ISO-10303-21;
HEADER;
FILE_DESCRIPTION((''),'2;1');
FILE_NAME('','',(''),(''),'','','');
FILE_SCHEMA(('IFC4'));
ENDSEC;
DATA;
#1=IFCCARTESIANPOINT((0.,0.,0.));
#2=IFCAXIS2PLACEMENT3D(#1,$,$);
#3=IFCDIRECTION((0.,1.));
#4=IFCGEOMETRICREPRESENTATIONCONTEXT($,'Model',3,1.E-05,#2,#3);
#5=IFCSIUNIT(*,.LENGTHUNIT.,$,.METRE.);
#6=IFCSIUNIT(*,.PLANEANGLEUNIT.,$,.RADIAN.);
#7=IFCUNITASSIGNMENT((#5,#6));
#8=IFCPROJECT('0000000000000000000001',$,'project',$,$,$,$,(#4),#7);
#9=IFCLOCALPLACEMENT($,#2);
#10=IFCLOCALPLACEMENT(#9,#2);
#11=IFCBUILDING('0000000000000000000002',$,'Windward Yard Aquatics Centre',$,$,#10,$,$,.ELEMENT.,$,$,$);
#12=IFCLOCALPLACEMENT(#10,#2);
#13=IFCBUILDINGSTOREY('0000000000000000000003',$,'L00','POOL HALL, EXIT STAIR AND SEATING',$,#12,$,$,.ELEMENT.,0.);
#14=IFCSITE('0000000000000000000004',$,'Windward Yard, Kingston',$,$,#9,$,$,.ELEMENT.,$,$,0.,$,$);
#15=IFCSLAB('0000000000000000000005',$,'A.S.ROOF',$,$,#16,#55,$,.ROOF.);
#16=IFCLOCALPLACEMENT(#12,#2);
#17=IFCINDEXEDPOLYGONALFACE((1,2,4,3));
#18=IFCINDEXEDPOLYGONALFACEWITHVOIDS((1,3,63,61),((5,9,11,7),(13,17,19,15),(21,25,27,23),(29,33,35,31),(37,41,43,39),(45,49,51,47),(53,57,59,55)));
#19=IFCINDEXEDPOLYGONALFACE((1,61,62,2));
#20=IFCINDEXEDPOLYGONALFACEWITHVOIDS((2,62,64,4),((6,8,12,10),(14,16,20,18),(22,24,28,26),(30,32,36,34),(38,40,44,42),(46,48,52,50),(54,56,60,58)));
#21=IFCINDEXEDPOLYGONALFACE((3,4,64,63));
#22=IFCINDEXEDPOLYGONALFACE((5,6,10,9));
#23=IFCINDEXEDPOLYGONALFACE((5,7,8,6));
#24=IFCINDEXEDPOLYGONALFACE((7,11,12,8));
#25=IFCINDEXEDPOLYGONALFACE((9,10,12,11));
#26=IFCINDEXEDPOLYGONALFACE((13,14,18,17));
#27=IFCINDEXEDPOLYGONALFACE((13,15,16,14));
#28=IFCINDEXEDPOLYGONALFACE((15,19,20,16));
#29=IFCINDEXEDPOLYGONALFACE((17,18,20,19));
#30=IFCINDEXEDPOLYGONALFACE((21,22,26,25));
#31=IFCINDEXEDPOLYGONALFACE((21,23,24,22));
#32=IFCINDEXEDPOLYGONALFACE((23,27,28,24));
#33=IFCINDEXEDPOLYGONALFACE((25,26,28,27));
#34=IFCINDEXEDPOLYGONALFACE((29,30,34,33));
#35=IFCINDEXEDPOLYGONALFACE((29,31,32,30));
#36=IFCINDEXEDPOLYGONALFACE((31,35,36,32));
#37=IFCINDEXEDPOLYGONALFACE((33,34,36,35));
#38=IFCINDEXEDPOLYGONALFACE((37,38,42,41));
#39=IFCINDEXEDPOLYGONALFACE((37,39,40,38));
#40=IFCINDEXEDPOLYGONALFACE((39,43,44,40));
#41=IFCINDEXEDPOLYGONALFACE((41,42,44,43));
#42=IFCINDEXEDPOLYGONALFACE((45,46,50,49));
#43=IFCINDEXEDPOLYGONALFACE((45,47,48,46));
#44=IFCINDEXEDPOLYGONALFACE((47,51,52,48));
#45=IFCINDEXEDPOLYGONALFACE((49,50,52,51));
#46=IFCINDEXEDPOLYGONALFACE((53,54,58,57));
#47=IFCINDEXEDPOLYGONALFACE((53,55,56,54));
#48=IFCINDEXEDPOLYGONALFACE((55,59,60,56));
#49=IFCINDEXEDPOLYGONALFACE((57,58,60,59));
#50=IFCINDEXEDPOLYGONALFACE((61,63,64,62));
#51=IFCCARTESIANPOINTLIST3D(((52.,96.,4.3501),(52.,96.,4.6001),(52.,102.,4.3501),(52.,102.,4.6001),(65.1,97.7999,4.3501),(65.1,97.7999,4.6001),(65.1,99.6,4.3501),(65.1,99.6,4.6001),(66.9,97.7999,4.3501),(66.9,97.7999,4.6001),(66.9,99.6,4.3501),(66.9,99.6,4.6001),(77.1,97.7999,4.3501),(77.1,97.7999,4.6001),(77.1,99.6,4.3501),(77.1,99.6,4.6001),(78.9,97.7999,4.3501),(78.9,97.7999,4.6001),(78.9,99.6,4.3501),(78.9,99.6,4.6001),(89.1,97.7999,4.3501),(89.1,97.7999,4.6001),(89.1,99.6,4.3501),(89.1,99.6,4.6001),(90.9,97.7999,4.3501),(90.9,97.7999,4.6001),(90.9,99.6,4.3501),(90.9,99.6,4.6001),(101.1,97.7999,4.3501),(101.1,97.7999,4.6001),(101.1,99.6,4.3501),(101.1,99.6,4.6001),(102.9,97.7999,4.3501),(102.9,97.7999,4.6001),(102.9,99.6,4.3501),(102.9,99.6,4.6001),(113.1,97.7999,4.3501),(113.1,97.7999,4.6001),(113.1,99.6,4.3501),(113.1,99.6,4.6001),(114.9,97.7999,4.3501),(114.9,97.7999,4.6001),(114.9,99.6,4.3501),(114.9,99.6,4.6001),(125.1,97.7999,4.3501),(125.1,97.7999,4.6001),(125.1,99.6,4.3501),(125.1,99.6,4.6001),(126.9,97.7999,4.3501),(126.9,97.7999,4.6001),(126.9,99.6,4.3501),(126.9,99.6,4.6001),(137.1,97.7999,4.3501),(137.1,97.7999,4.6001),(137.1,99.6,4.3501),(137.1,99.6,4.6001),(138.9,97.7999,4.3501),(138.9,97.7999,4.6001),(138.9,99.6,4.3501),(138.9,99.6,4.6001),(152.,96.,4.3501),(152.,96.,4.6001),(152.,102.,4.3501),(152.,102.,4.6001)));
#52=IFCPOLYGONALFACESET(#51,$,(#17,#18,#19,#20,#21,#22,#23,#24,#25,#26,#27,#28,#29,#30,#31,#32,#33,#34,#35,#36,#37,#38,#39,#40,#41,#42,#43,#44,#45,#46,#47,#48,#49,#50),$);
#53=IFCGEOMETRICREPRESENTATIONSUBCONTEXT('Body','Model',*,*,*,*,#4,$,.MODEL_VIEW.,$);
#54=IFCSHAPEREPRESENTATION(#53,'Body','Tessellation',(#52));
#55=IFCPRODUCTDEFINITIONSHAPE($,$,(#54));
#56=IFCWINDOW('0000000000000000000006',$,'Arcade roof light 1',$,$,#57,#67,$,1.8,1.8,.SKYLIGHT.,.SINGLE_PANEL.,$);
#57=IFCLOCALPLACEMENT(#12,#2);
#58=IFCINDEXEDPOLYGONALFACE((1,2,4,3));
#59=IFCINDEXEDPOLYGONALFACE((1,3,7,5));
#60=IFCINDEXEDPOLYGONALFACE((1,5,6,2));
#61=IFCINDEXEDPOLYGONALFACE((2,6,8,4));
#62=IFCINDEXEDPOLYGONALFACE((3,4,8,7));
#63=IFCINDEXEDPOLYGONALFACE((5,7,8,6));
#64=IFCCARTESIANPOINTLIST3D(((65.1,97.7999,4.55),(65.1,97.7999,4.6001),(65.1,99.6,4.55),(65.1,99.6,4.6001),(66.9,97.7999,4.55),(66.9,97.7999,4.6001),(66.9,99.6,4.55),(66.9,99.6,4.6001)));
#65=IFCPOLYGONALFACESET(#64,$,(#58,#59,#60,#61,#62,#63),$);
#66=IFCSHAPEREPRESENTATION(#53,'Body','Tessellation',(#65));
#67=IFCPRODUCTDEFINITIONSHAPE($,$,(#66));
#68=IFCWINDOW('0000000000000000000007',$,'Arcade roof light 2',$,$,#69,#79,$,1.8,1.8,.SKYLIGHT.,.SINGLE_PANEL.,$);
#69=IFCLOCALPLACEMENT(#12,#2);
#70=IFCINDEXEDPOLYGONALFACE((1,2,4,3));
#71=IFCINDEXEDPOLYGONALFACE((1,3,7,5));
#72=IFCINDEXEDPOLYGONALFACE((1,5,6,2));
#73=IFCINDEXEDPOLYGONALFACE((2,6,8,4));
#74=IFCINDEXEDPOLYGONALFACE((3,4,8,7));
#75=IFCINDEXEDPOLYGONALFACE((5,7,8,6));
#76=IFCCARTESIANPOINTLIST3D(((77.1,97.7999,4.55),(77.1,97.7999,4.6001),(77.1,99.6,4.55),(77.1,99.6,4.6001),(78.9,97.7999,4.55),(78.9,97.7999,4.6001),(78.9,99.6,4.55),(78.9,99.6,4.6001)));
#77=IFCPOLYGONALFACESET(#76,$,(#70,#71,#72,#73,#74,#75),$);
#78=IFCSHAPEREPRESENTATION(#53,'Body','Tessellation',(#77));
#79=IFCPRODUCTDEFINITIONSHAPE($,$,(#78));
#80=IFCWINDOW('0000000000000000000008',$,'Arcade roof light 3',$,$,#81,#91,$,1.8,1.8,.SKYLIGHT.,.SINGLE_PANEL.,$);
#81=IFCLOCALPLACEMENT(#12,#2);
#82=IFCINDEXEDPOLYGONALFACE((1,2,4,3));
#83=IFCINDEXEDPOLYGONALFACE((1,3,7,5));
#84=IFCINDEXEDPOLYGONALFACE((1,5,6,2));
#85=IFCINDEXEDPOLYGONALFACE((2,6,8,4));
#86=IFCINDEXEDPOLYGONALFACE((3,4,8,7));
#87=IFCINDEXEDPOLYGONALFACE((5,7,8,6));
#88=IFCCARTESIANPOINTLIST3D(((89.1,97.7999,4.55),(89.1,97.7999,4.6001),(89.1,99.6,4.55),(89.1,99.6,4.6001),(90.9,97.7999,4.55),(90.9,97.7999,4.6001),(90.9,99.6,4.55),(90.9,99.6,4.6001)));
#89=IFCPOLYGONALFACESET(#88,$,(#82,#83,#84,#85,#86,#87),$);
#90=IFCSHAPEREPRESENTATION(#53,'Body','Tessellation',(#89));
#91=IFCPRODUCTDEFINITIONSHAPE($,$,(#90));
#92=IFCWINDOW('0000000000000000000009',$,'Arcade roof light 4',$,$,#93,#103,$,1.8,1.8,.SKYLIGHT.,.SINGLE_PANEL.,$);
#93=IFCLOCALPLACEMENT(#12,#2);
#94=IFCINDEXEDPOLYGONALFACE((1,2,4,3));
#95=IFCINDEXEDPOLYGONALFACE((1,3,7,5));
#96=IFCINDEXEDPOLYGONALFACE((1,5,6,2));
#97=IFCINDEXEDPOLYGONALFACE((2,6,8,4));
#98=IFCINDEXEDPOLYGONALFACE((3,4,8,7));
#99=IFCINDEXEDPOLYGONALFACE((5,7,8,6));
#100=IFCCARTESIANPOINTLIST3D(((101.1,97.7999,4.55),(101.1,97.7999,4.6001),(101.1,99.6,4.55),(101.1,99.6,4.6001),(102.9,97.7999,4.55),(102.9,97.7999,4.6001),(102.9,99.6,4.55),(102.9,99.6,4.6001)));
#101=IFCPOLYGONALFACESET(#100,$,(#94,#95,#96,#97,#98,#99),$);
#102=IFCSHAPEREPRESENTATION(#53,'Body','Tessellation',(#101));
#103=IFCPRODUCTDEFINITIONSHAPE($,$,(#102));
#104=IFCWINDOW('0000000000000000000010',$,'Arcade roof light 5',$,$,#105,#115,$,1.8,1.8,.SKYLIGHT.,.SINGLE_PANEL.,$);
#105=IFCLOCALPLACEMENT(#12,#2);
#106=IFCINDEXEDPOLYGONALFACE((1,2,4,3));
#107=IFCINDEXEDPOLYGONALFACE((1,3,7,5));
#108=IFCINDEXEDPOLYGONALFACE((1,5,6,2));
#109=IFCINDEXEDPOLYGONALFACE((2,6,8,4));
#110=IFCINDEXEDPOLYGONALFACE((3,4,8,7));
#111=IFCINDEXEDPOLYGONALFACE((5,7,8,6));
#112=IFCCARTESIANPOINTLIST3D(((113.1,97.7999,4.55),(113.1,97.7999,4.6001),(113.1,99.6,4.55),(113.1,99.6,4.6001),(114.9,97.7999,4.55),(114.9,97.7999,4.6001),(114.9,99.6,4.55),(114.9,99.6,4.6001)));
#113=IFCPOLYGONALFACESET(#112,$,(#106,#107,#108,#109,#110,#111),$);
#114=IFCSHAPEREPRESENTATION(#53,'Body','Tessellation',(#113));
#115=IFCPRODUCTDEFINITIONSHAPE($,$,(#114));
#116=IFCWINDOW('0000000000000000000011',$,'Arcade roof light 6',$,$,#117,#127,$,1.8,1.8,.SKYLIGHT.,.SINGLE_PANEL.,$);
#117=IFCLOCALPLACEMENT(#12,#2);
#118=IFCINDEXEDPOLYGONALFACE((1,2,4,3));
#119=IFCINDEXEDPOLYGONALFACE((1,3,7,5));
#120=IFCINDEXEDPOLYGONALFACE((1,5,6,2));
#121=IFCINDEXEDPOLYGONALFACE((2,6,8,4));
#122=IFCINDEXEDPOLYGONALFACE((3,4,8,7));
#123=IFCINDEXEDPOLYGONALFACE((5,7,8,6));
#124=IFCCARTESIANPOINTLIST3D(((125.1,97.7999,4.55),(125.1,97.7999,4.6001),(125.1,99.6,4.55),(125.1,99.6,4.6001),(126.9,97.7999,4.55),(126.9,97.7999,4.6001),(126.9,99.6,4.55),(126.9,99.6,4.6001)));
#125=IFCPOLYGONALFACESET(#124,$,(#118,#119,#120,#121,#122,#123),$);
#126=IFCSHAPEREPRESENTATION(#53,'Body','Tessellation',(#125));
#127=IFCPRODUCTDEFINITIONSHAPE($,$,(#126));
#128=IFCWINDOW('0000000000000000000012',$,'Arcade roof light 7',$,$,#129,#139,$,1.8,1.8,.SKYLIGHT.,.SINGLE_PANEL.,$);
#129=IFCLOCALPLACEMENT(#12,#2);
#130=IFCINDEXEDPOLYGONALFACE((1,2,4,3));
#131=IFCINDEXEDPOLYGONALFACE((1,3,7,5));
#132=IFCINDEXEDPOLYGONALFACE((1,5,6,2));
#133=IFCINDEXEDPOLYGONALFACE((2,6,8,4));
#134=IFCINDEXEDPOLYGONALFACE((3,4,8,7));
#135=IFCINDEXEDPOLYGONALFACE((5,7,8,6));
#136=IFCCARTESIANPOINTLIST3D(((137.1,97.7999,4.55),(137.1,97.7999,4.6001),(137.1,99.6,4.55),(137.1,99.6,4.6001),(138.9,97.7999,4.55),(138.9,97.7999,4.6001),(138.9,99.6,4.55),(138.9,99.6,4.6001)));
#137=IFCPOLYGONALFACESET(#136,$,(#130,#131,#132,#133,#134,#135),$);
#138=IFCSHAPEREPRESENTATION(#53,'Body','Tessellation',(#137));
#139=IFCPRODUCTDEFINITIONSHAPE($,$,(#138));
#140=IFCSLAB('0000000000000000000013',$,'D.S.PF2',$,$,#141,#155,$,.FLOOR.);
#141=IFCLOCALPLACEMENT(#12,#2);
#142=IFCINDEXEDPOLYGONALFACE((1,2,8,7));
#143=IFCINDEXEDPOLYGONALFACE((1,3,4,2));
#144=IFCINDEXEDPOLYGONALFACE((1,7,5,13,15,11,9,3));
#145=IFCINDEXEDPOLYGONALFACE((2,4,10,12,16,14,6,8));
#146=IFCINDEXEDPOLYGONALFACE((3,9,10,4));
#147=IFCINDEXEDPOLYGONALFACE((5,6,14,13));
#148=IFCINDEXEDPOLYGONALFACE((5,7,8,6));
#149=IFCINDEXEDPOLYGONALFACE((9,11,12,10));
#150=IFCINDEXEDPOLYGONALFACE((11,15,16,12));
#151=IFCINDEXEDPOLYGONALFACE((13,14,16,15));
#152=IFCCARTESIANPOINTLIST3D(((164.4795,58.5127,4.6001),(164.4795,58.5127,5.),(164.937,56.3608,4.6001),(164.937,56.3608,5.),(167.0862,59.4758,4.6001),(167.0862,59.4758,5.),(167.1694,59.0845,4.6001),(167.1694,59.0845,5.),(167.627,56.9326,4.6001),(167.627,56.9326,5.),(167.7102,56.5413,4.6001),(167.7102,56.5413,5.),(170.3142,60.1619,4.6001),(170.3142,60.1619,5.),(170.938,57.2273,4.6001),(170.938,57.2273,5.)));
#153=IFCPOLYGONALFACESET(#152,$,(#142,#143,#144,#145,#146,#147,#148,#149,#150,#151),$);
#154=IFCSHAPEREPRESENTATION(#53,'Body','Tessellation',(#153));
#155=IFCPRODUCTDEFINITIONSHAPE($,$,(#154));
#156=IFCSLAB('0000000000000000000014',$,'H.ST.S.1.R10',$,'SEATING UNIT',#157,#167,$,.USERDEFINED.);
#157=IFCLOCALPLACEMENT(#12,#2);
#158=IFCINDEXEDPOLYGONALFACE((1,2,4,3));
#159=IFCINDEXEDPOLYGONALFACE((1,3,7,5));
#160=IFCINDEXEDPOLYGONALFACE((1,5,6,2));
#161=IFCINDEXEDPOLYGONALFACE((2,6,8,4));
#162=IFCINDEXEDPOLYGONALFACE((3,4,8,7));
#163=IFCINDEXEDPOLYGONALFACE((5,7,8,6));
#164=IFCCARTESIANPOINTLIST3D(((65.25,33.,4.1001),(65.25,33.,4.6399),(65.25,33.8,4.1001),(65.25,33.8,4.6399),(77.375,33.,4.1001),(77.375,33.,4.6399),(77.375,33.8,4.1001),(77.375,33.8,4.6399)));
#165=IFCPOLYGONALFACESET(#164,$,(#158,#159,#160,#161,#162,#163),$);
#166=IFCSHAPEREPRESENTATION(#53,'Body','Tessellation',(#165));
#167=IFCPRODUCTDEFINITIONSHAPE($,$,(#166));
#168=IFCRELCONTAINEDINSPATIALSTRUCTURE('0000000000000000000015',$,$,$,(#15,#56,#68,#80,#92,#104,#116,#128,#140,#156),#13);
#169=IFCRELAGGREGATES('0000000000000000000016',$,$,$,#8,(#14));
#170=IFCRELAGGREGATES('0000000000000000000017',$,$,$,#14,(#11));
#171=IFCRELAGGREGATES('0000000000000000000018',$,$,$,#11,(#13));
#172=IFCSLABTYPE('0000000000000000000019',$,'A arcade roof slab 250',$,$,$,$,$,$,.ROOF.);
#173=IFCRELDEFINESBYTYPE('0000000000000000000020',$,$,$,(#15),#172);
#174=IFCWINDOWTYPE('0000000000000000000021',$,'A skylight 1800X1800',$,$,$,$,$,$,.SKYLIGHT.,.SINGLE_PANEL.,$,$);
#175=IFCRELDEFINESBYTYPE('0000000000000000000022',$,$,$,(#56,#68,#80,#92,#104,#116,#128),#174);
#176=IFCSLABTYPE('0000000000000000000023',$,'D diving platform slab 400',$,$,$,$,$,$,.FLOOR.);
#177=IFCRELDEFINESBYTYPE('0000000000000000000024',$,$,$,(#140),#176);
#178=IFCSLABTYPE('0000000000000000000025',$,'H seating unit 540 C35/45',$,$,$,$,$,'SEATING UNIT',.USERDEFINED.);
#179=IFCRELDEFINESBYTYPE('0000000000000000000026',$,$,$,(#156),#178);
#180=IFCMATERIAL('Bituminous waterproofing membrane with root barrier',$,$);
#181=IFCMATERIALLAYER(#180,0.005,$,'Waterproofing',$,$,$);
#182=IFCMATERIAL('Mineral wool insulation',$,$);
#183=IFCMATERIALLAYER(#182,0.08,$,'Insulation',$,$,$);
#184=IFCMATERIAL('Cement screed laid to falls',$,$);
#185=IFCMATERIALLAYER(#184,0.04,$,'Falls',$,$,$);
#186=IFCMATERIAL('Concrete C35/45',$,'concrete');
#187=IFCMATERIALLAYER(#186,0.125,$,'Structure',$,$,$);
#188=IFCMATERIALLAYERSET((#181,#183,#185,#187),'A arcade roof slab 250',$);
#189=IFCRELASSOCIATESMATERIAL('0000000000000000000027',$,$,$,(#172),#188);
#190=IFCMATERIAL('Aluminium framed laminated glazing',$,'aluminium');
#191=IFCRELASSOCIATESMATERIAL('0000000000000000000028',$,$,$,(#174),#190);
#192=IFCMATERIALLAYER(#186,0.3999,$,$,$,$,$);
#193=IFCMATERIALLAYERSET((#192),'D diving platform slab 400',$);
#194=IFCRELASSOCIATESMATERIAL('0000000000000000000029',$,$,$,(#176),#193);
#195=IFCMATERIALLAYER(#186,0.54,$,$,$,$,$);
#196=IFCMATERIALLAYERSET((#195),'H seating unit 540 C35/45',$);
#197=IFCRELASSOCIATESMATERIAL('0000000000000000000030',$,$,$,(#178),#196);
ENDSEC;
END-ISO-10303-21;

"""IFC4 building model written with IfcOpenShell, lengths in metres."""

from ifc_helpers import new_model, si_unit, direction, frame, origin, origin_2d, place, context, subcontext, project, spatial, polyline, rectangle, outline, extrude, material, layer, layer_set, type_object, element, fill, save


model = new_model("IFC4")

# Units and contexts
model_context = context("Model", 3, precision=1e-05, world=origin(), true_north=direction((0.0, 1.0)))
body_context = subcontext(model_context, "Body", "Model", "MODEL_VIEW")
ifc_project = project(units=[si_unit("LENGTHUNIT", "METRE"), si_unit("PLANEANGLEUNIT", "RADIAN")], contexts=[model_context])

# Site, building, storey
site_placement = place(None, origin())
site = spatial("IfcSite", under=ifc_project, at=site_placement, Name="Windward Yard, Kingston", CompositionType="ELEMENT", RefElevation=0.0)
building_placement = place(site_placement, origin())
building = spatial("IfcBuilding", under=site, at=building_placement, Name="Windward Yard Aquatics Centre", CompositionType="ELEMENT")
storey_placement = place(building_placement, origin())
storey = spatial("IfcBuildingStorey", under=building, at=storey_placement, Name="L00", Description="POOL HALL, EXIT STAIR AND SEATING", CompositionType="ELEMENT", Elevation=0.0)

# Slab, openings, windows
ifc_material_1 = material(Name="Bituminous waterproofing membrane with root barrier")
ifc_layer_1 = layer(ifc_material_1, 0.005, Name="Waterproofing")
ifc_material_2 = material(Name="Mineral wool insulation")
ifc_layer_2 = layer(ifc_material_2, 0.08, Name="Insulation")
ifc_material_3 = material(Name="Cement screed laid to falls")
ifc_layer_3 = layer(ifc_material_3, 0.04, Name="Falls")
ifc_material_4 = material(Name="Concrete C35/45", Category="concrete")
ifc_layer_4 = layer(ifc_material_4, 0.125, Name="Structure")
ifc_layer_set_1 = layer_set([ifc_layer_1, ifc_layer_2, ifc_layer_3, ifc_layer_4], Name="A arcade roof slab 250")
slab_type_1 = type_object("IfcSlabType", Name="A arcade roof slab 250", PredefinedType="ROOF", material=ifc_layer_set_1)
slab_1_placement = place(storey_placement, frame((0.0, 0.0, 4.3501)))
slab_1 = element("IfcSlab", 1, at=slab_1_placement, inside=storey, type_object=slab_type_1, Name="A.S.ROOF", PredefinedType="ROOF", context=body_context, shape_type="SweptSolid", body=[
    extrude(outline(polyline([(52.0, 96.0), (152.0, 96.0), (152.0, 102.0), (52.0, 102.0), (52.0, 96.0)])), origin(), (0.0, 0.0, 1.0), 0.25),
])
opening_1_placement = place(slab_1_placement, frame((66.0, 98.7, 0.0)))
opening_1 = element("IfcOpeningElement", 2, at=opening_1_placement, cuts=slab_1, PredefinedType="OPENING", context=body_context, shape_type="SweptSolid", body=[
    extrude(rectangle(XDim=1.8, YDim=1.8, at=origin_2d()), origin(), (0.0, 0.0, 1.0), 0.25),
])
opening_2_placement = place(slab_1_placement, frame((78.0, 98.7, 0.0)))
opening_2 = element("IfcOpeningElement", 3, at=opening_2_placement, cuts=slab_1, PredefinedType="OPENING", context=body_context, shape_type="SweptSolid", body=[
    extrude(rectangle(XDim=1.8, YDim=1.8, at=origin_2d()), origin(), (0.0, 0.0, 1.0), 0.25),
])
opening_3_placement = place(slab_1_placement, frame((90.0, 98.7, 0.0)))
opening_3 = element("IfcOpeningElement", 4, at=opening_3_placement, cuts=slab_1, PredefinedType="OPENING", context=body_context, shape_type="SweptSolid", body=[
    extrude(rectangle(XDim=1.8, YDim=1.8, at=origin_2d()), origin(), (0.0, 0.0, 1.0), 0.25),
])
opening_4_placement = place(slab_1_placement, frame((102.0, 98.7, 0.0)))
opening_4 = element("IfcOpeningElement", 5, at=opening_4_placement, cuts=slab_1, PredefinedType="OPENING", context=body_context, shape_type="SweptSolid", body=[
    extrude(rectangle(XDim=1.8, YDim=1.8, at=origin_2d()), origin(), (0.0, 0.0, 1.0), 0.25),
])
opening_5_placement = place(slab_1_placement, frame((114.0, 98.7, 0.0)))
opening_5 = element("IfcOpeningElement", 6, at=opening_5_placement, cuts=slab_1, PredefinedType="OPENING", context=body_context, shape_type="SweptSolid", body=[
    extrude(rectangle(XDim=1.8, YDim=1.8, at=origin_2d()), origin(), (0.0, 0.0, 1.0), 0.25),
])
opening_6_placement = place(slab_1_placement, frame((126.0, 98.7, 0.0)))
opening_6 = element("IfcOpeningElement", 7, at=opening_6_placement, cuts=slab_1, PredefinedType="OPENING", context=body_context, shape_type="SweptSolid", body=[
    extrude(rectangle(XDim=1.8, YDim=1.8, at=origin_2d()), origin(), (0.0, 0.0, 1.0), 0.25),
])
opening_7_placement = place(slab_1_placement, frame((138.0, 98.7, 0.0)))
opening_7 = element("IfcOpeningElement", 8, at=opening_7_placement, cuts=slab_1, PredefinedType="OPENING", context=body_context, shape_type="SweptSolid", body=[
    extrude(rectangle(XDim=1.8, YDim=1.8, at=origin_2d()), origin(), (0.0, 0.0, 1.0), 0.25),
])
ifc_material_5 = material(Name="Aluminium framed laminated glazing", Category="aluminium")
window_type = type_object("IfcWindowType", Name="A skylight 1800X1800", PartitioningType="SINGLE_PANEL", PredefinedType="SKYLIGHT", material=ifc_material_5)
window_1_placement = place(opening_1_placement, frame((0.0, 0.0, 0.2)))
window_1 = element("IfcWindow", 9, at=window_1_placement, inside=storey, type_object=window_type, Name="Arcade roof light 1", OverallHeight=1.8, OverallWidth=1.8, PartitioningType="SINGLE_PANEL", PredefinedType="SKYLIGHT", context=body_context, shape_type="SweptSolid", body=[
    extrude(rectangle(XDim=1.8, YDim=1.8, at=origin_2d()), origin(), (0.0, 0.0, 1.0), 0.05),
])
fill(opening_1, window_1)
window_2_placement = place(opening_2_placement, frame((0.0, 0.0, 0.2)))
window_2 = element("IfcWindow", 10, at=window_2_placement, inside=storey, type_object=window_type, Name="Arcade roof light 2", OverallHeight=1.8, OverallWidth=1.8, PartitioningType="SINGLE_PANEL", PredefinedType="SKYLIGHT", context=body_context, shape_type="SweptSolid", body=[
    extrude(rectangle(XDim=1.8, YDim=1.8, at=origin_2d()), origin(), (0.0, 0.0, 1.0), 0.05),
])
fill(opening_2, window_2)
window_3_placement = place(opening_3_placement, frame((0.0, 0.0, 0.2)))
window_3 = element("IfcWindow", 11, at=window_3_placement, inside=storey, type_object=window_type, Name="Arcade roof light 3", OverallHeight=1.8, OverallWidth=1.8, PartitioningType="SINGLE_PANEL", PredefinedType="SKYLIGHT", context=body_context, shape_type="SweptSolid", body=[
    extrude(rectangle(XDim=1.8, YDim=1.8, at=origin_2d()), origin(), (0.0, 0.0, 1.0), 0.05),
])
fill(opening_3, window_3)
window_4_placement = place(opening_4_placement, frame((0.0, 0.0, 0.2)))
window_4 = element("IfcWindow", 12, at=window_4_placement, inside=storey, type_object=window_type, Name="Arcade roof light 4", OverallHeight=1.8, OverallWidth=1.8, PartitioningType="SINGLE_PANEL", PredefinedType="SKYLIGHT", context=body_context, shape_type="SweptSolid", body=[
    extrude(rectangle(XDim=1.8, YDim=1.8, at=origin_2d()), origin(), (0.0, 0.0, 1.0), 0.05),
])
fill(opening_4, window_4)
window_5_placement = place(opening_5_placement, frame((0.0, 0.0, 0.2)))
window_5 = element("IfcWindow", 13, at=window_5_placement, inside=storey, type_object=window_type, Name="Arcade roof light 5", OverallHeight=1.8, OverallWidth=1.8, PartitioningType="SINGLE_PANEL", PredefinedType="SKYLIGHT", context=body_context, shape_type="SweptSolid", body=[
    extrude(rectangle(XDim=1.8, YDim=1.8, at=origin_2d()), origin(), (0.0, 0.0, 1.0), 0.05),
])
fill(opening_5, window_5)
window_6_placement = place(opening_6_placement, frame((0.0, 0.0, 0.2)))
window_6 = element("IfcWindow", 14, at=window_6_placement, inside=storey, type_object=window_type, Name="Arcade roof light 6", OverallHeight=1.8, OverallWidth=1.8, PartitioningType="SINGLE_PANEL", PredefinedType="SKYLIGHT", context=body_context, shape_type="SweptSolid", body=[
    extrude(rectangle(XDim=1.8, YDim=1.8, at=origin_2d()), origin(), (0.0, 0.0, 1.0), 0.05),
])
fill(opening_6, window_6)
window_7_placement = place(opening_7_placement, frame((0.0, 0.0, 0.2)))
window_7 = element("IfcWindow", 15, at=window_7_placement, inside=storey, type_object=window_type, Name="Arcade roof light 7", OverallHeight=1.8, OverallWidth=1.8, PartitioningType="SINGLE_PANEL", PredefinedType="SKYLIGHT", context=body_context, shape_type="SweptSolid", body=[
    extrude(rectangle(XDim=1.8, YDim=1.8, at=origin_2d()), origin(), (0.0, 0.0, 1.0), 0.05),
])
fill(opening_7, window_7)

# Slabs
ifc_layer_5 = layer(ifc_material_4, 0.3999)
ifc_layer_set_2 = layer_set([ifc_layer_5], Name="D diving platform slab 400")
slab_type_2 = type_object("IfcSlabType", Name="D diving platform slab 400", PredefinedType="FLOOR", material=ifc_layer_set_2)
slab_2_placement = place(storey_placement, frame((0.0, 0.0, 4.6001)))
element("IfcSlab", 16, at=slab_2_placement, inside=storey, type_object=slab_type_2, Name="D.S.PF2", PredefinedType="FLOOR", context=body_context, shape_type="SweptSolid", body=[
    extrude(outline(polyline([(164.4795, 58.5127), (164.937, 56.3608), (167.627, 56.9326), (167.7102, 56.5413), (170.938, 57.2273), (170.3142, 60.1619), (167.0862, 59.4758), (167.1694, 59.0845), (164.4795, 58.5127)])), origin(), (0.0, 0.0, 1.0), 0.3999),
])
ifc_layer_6 = layer(ifc_material_4, 0.54)
ifc_layer_set_3 = layer_set([ifc_layer_6], Name="H seating unit 540 C35/45")
slab_type_3 = type_object("IfcSlabType", Name="H seating unit 540 C35/45", ElementType="SEATING UNIT", PredefinedType="USERDEFINED", material=ifc_layer_set_3)
slab_3_placement = place(storey_placement, frame((0.0, 0.0, 4.1001)))
element("IfcSlab", 17, at=slab_3_placement, inside=storey, type_object=slab_type_3, Name="H.ST.S.1.R10", ObjectType="SEATING UNIT", PredefinedType="USERDEFINED", context=body_context, shape_type="SweptSolid", body=[
    extrude(outline(polyline([(65.25, 33.0), (77.375, 33.0), (77.375, 33.8), (65.25, 33.8), (65.25, 33.0)])), origin(), (0.0, 0.0, 1.0), 0.5398),
])

save(model, "model.ifc")
